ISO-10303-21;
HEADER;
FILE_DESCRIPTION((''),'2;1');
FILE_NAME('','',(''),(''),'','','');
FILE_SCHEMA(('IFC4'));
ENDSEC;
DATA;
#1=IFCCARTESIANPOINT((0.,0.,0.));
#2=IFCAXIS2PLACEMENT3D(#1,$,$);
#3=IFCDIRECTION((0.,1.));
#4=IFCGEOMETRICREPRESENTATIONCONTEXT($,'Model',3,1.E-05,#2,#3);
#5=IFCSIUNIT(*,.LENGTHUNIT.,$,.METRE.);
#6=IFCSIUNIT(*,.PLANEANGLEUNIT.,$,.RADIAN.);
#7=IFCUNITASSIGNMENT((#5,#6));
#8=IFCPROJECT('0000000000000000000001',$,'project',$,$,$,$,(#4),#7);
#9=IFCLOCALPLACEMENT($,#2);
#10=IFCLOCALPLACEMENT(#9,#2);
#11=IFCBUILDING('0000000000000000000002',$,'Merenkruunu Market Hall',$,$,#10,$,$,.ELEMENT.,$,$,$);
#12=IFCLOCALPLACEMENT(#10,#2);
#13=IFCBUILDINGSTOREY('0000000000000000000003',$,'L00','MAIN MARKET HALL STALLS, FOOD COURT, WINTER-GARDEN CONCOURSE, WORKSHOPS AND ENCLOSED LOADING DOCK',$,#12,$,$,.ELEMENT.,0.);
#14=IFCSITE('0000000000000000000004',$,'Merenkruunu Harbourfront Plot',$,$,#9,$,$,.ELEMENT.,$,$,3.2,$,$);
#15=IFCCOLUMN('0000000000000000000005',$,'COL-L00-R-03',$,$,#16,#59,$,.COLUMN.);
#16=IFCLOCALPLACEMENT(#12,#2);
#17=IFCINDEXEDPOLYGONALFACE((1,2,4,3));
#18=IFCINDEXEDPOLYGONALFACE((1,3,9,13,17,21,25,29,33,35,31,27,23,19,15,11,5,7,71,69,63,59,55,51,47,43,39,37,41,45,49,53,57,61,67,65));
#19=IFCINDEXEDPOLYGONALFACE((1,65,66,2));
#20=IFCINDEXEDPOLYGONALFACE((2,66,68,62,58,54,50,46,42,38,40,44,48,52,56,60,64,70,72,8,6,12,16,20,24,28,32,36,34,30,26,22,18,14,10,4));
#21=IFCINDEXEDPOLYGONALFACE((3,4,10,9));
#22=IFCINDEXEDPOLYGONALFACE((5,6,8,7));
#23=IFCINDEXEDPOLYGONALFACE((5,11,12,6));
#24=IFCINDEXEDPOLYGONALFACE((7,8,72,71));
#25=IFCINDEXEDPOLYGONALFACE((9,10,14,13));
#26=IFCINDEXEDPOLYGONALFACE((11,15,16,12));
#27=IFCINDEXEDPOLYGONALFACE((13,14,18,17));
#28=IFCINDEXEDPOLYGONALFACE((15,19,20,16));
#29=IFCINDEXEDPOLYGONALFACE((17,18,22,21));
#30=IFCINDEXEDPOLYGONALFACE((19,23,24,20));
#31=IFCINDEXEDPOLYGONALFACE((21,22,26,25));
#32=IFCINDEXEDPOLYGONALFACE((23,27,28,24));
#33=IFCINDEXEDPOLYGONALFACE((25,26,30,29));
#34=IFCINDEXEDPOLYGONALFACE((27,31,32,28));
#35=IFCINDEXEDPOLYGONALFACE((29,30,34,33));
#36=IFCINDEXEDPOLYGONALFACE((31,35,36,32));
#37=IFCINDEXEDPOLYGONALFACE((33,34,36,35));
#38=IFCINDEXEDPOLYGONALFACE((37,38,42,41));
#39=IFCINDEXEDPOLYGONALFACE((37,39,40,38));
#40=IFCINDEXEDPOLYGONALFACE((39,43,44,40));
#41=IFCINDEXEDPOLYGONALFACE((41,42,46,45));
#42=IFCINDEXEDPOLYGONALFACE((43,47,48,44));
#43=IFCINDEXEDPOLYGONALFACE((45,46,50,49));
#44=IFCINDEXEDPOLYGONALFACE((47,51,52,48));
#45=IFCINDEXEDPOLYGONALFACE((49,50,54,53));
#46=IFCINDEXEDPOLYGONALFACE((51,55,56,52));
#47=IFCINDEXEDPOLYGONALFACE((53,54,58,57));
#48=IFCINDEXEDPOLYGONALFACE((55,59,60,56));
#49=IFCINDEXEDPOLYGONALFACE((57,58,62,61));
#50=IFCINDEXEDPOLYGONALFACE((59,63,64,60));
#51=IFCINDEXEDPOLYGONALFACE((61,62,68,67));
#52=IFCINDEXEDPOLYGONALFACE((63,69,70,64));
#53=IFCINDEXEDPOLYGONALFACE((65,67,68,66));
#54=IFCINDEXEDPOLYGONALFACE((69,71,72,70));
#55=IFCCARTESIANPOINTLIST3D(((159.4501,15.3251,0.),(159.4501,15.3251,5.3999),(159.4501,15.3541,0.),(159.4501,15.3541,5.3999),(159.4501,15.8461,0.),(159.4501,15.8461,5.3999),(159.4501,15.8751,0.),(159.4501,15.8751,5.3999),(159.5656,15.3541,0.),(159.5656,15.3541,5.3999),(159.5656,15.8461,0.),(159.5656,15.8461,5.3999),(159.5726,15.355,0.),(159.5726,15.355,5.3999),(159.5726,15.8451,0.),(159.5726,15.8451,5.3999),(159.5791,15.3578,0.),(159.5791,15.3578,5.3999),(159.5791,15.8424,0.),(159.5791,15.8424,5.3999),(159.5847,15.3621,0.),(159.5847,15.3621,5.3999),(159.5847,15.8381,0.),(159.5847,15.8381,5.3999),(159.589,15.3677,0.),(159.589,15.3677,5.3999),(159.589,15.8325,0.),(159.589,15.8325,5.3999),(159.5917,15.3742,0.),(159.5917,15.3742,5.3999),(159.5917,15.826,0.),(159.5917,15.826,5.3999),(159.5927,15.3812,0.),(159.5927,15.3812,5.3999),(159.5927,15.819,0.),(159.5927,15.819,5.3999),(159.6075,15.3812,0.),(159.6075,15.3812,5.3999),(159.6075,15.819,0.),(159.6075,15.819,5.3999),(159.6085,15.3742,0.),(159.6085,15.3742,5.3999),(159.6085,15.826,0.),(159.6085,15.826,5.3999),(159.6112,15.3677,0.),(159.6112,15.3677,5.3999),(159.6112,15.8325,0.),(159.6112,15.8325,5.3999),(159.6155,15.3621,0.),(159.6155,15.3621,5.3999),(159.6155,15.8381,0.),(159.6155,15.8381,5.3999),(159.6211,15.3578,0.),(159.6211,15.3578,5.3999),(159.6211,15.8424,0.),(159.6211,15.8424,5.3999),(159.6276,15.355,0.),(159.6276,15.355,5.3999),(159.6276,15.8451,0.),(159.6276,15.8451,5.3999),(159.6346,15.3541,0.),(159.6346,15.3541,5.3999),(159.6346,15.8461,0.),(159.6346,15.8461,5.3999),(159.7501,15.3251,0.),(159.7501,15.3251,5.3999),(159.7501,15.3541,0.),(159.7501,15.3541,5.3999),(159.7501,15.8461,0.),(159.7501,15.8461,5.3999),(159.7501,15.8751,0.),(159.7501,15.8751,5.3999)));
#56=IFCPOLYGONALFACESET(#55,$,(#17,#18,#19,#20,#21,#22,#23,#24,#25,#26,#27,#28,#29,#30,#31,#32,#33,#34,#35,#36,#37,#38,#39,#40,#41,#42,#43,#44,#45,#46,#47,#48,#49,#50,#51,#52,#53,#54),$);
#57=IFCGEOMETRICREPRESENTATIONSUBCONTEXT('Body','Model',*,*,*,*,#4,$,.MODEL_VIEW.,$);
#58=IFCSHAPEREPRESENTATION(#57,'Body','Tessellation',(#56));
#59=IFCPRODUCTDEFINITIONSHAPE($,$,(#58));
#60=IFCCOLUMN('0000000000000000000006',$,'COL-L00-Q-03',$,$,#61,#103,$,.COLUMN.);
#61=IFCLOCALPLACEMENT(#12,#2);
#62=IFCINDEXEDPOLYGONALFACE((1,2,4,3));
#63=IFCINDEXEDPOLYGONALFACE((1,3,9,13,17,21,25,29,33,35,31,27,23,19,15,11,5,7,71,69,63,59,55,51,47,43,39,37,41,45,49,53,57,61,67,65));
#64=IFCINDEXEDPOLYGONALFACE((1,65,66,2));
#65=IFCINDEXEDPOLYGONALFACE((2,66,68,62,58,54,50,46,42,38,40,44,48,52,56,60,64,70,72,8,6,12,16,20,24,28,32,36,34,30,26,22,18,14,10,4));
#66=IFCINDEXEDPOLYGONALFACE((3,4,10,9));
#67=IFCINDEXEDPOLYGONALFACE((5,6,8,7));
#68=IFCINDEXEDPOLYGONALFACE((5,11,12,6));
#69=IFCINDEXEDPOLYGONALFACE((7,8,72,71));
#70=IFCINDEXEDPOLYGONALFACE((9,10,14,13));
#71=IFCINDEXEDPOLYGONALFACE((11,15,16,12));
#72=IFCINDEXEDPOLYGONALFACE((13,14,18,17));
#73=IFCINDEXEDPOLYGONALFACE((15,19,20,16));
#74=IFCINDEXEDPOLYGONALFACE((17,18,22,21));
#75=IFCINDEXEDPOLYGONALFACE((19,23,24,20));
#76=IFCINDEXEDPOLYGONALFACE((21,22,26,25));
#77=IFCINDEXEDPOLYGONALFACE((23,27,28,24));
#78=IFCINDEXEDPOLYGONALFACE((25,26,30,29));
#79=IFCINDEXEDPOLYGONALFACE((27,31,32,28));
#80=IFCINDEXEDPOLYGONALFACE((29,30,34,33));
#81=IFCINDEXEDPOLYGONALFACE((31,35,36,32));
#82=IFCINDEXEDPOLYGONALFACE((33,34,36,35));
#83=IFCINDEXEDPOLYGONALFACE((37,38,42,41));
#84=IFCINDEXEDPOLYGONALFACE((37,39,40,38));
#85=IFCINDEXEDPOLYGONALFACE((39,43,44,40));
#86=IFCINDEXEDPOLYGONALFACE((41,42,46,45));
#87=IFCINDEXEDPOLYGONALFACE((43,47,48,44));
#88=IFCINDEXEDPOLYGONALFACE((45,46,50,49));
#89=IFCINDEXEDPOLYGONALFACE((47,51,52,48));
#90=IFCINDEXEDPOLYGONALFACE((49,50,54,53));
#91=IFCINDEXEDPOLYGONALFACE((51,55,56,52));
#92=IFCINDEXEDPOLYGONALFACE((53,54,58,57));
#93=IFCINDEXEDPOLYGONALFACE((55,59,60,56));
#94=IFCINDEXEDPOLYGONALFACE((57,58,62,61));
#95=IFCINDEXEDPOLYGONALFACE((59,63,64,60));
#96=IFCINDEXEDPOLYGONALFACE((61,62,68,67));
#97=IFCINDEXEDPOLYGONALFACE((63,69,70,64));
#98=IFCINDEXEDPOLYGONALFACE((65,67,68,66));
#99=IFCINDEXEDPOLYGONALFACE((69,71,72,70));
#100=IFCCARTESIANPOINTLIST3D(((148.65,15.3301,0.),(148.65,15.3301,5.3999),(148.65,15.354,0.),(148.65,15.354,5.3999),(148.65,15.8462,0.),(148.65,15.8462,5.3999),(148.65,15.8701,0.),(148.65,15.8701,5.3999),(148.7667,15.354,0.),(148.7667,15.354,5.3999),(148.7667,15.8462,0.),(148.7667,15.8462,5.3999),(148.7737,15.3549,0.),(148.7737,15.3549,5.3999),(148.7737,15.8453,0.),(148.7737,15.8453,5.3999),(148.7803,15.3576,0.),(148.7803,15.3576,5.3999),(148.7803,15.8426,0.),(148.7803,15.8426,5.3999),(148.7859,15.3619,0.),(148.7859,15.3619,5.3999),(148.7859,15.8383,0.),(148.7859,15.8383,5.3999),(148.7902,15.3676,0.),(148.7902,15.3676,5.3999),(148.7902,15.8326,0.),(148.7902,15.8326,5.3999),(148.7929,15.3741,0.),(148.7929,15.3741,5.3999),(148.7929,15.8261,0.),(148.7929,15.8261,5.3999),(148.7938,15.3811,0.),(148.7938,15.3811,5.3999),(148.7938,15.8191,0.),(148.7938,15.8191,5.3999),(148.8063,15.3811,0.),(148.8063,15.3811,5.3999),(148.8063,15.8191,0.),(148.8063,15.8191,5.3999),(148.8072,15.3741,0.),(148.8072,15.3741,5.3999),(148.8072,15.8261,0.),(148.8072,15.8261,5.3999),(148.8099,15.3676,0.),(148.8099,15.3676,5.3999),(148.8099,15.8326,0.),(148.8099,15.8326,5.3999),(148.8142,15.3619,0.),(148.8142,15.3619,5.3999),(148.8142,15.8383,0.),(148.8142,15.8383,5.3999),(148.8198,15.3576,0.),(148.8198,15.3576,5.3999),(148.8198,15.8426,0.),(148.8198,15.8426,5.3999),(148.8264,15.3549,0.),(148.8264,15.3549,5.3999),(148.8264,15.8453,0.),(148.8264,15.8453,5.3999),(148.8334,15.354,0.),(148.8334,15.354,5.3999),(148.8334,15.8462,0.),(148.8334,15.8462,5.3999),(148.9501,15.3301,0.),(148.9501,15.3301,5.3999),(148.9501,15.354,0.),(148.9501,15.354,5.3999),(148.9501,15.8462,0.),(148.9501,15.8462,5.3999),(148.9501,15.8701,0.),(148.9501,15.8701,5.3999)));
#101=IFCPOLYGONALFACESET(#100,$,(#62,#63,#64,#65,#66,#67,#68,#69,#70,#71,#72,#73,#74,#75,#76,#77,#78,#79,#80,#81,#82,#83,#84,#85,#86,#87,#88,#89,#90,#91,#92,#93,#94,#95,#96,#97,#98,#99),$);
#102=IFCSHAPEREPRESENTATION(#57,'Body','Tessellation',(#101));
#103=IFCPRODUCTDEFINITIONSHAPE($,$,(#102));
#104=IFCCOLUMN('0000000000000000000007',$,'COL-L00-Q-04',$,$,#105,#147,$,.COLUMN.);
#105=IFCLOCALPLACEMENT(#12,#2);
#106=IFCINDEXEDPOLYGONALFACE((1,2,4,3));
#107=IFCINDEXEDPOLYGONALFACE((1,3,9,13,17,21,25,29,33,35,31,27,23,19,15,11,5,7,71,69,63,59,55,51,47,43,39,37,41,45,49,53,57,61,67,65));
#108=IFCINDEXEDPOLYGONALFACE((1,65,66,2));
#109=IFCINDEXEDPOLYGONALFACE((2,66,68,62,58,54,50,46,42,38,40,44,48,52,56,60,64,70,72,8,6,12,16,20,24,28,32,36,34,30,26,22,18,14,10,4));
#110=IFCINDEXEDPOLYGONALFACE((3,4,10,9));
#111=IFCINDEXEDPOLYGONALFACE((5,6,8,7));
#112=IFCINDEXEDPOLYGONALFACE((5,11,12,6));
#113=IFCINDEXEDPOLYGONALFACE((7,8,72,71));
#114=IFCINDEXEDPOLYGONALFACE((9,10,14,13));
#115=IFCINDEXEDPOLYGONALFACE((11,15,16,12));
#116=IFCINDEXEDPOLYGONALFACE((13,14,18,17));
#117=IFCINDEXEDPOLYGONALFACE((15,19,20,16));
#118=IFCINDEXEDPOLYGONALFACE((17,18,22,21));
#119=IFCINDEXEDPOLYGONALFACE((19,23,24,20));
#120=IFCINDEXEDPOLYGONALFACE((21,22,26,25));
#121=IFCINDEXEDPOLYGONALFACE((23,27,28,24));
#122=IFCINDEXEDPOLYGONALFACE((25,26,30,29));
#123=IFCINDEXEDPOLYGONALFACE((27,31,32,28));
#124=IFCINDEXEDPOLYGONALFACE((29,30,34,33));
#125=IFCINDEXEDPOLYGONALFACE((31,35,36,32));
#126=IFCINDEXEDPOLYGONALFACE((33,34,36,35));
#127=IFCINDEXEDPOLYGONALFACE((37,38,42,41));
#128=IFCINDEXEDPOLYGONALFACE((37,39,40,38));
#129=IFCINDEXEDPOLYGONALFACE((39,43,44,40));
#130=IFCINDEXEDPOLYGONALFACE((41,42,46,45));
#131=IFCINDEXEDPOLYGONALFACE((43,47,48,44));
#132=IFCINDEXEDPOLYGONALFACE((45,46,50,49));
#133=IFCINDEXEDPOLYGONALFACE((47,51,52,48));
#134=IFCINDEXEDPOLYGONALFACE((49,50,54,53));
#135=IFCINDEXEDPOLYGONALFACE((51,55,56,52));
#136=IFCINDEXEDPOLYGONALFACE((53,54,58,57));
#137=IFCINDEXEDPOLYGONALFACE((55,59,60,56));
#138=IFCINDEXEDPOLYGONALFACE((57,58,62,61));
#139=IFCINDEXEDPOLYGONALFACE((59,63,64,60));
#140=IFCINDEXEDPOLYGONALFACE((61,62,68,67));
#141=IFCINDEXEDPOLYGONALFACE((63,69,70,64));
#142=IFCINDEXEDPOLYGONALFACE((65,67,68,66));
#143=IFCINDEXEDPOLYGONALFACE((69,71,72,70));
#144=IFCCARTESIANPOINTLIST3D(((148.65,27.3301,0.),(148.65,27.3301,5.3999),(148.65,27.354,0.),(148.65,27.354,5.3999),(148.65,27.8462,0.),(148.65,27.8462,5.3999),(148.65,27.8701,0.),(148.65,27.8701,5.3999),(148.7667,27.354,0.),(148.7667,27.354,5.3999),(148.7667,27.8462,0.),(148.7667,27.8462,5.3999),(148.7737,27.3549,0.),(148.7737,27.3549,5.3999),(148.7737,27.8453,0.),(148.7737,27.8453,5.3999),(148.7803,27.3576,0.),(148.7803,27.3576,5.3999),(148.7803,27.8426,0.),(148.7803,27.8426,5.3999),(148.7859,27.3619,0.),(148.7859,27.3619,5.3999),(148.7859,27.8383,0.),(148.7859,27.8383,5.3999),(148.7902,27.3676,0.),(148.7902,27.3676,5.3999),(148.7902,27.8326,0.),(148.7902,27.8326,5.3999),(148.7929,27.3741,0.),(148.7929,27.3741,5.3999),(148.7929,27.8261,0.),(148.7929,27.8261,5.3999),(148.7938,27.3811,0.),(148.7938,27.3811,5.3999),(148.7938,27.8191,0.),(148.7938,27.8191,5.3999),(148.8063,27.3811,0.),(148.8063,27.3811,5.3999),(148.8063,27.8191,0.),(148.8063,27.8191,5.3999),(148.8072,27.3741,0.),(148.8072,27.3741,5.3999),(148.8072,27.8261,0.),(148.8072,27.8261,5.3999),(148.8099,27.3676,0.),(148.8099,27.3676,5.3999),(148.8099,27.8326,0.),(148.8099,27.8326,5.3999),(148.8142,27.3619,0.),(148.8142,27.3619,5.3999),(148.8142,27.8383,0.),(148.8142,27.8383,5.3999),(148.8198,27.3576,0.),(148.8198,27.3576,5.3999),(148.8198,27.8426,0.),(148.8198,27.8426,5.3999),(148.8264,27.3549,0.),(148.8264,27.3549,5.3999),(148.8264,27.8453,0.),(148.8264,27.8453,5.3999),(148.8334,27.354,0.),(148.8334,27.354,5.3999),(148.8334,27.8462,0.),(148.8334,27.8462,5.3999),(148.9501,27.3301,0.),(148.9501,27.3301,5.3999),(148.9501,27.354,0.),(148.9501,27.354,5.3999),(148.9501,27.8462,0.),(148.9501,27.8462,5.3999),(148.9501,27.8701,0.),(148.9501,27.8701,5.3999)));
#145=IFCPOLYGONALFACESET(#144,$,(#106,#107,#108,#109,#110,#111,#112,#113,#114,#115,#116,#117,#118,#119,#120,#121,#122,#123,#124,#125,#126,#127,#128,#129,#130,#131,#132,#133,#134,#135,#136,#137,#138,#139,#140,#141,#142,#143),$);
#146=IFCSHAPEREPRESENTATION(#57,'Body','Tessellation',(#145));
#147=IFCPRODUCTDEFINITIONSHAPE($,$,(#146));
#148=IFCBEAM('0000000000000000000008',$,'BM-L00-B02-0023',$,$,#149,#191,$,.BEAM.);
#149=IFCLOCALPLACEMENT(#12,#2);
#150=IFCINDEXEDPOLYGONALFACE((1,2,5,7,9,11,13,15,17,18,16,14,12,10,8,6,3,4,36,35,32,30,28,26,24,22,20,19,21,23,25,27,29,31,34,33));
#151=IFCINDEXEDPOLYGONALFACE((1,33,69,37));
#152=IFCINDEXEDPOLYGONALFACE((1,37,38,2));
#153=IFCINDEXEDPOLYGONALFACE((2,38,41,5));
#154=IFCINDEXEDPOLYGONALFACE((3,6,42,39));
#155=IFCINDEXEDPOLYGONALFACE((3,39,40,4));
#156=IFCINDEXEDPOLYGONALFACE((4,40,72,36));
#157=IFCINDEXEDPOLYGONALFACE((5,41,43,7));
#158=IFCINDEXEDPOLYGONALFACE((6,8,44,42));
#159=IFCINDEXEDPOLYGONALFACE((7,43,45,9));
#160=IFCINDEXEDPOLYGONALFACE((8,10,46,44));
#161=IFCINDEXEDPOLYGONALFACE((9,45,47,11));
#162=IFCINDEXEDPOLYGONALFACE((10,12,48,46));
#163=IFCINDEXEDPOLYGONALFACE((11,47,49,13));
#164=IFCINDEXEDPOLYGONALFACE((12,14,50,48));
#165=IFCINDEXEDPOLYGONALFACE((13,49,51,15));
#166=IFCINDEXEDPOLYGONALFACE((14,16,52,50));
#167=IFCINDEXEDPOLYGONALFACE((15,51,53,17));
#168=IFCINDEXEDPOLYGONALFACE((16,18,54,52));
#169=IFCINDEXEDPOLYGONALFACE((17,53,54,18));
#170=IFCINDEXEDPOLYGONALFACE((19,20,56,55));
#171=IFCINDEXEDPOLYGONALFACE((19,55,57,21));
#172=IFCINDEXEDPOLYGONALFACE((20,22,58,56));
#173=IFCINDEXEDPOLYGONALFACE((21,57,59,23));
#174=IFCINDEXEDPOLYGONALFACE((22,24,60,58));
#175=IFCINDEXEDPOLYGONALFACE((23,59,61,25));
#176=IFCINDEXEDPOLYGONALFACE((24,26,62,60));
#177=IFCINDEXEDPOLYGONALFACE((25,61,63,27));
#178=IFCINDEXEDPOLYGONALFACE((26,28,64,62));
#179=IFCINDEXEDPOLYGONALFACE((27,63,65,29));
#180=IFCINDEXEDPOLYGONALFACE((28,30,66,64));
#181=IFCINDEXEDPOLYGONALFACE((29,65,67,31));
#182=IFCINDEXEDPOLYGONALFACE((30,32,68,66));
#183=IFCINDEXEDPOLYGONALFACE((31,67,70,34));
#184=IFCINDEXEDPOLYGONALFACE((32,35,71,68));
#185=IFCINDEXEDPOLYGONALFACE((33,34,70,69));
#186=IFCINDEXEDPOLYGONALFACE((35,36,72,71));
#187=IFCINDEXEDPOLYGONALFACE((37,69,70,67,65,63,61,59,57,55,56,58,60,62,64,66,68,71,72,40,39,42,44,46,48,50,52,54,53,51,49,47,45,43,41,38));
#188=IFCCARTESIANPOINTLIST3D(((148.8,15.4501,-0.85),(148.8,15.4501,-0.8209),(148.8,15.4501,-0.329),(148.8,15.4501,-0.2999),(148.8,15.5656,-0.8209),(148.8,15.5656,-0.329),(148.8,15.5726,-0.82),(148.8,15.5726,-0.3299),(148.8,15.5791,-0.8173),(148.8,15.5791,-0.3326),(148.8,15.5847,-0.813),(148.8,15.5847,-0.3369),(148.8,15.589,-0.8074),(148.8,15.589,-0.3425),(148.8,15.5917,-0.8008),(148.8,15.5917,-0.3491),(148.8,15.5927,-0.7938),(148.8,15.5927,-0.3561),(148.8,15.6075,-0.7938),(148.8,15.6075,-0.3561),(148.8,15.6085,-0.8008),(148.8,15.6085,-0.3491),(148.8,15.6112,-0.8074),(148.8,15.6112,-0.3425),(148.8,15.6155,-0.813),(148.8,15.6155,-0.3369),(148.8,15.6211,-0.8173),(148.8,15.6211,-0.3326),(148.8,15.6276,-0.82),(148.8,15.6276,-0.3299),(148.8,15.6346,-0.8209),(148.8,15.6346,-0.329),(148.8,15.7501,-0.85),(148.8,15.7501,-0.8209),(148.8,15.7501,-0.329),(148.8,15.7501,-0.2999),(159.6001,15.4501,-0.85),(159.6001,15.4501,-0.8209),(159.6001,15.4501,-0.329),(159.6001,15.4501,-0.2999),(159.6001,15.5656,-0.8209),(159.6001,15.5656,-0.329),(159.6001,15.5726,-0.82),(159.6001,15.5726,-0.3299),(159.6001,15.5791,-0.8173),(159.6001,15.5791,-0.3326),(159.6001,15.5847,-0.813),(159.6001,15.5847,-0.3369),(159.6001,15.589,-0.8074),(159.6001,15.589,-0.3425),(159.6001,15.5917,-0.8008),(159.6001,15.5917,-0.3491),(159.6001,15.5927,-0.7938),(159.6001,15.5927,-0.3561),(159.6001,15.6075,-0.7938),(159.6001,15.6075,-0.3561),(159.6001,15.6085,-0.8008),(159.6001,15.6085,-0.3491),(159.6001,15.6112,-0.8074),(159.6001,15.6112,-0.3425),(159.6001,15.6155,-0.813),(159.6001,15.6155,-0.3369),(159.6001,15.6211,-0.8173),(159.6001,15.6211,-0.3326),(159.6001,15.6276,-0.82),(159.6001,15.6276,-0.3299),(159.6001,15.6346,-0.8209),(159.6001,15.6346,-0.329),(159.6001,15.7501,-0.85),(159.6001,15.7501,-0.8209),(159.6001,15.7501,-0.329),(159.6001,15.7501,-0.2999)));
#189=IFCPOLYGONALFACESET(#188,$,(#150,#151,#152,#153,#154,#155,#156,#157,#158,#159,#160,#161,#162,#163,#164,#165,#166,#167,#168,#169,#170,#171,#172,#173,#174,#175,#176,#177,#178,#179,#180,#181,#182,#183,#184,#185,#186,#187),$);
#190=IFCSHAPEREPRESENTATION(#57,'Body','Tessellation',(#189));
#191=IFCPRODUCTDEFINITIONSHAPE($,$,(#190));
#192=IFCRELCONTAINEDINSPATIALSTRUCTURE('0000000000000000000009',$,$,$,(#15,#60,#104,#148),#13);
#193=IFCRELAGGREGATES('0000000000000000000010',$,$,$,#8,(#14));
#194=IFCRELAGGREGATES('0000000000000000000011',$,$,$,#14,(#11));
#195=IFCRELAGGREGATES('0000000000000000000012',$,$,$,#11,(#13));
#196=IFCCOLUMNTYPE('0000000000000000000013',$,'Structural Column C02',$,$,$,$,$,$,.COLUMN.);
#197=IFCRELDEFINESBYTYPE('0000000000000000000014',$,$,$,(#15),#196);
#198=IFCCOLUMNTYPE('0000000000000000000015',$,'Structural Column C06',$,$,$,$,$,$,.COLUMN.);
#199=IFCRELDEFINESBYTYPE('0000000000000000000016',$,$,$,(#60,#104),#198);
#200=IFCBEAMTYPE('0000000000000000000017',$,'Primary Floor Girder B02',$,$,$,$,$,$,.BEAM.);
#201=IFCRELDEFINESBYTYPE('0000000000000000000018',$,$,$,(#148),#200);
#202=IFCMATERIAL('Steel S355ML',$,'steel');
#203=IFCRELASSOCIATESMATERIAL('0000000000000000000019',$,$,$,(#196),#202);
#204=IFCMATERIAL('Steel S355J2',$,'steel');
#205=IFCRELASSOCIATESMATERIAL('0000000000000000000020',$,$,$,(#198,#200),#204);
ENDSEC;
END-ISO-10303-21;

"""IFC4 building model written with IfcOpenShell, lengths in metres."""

from ifc_helpers import new_model, si_unit, direction, frame, origin, origin_2d, place, context, subcontext, project, spatial, i_section, extrude, material, material_profile, profile_set, type_object, element, save


model = new_model("IFC4")

# Units and contexts
model_context = context("Model", 3, precision=1e-05, world=origin(), true_north=direction((0.0, 1.0)))
body_context = subcontext(model_context, "Body", "Model", "MODEL_VIEW")
ifc_project = project(units=[si_unit("LENGTHUNIT", "METRE"), si_unit("PLANEANGLEUNIT", "RADIAN")], contexts=[model_context])

# Site, building, storey
site_placement = place(None, origin())
site = spatial("IfcSite", under=ifc_project, at=site_placement, Name="Merenkruunu Harbourfront Plot", CompositionType="ELEMENT", RefElevation=3.2)
building_placement = place(site_placement, origin())
building = spatial("IfcBuilding", under=site, at=building_placement, Name="Merenkruunu Market Hall", CompositionType="ELEMENT")
storey_placement = place(building_placement, origin())
storey = spatial("IfcBuildingStorey", under=building, at=storey_placement, Name="L00", Description="MAIN MARKET HALL STALLS, FOOD COURT, WINTER-GARDEN CONCOURSE, WORKSHOPS AND ENCLOSED LOADING DOCK", CompositionType="ELEMENT", Elevation=0.0)

# Columns
ifc_material_1 = material(Name="Steel S355ML", Category="steel")
ifc_material_profile_1 = material_profile(ifc_material_1, i_section(OverallWidth=0.3, OverallDepth=0.55, WebThickness=0.0149, FlangeThickness=0.0291, FilletRadius=0.0271, at=origin_2d()), Name="HEB 550")
ifc_profile_set_1 = profile_set([ifc_material_profile_1], Name="Steel S355ML")
column_type_1 = type_object("IfcColumnType", Name="Structural Column C02", PredefinedType="COLUMN", material=ifc_profile_set_1)
column_placement = place(storey_placement, frame((159.6001, 15.6001, 0.0), z_axis=(0.0, 0.0, 1.0), x_axis=(1.0, 0.0, 0.0)))
element("IfcColumn", 1, at=column_placement, inside=storey, type_object=column_type_1, Name="COL-L00-R-03", PredefinedType="COLUMN", context=body_context, shape_type="SweptSolid", body=[
    extrude(i_section(OverallWidth=0.3, OverallDepth=0.55, WebThickness=0.0149, FlangeThickness=0.0291, FilletRadius=0.0271, at=origin_2d()), origin(), (0.0, 0.0, 1.0), 5.3999),
])
ifc_material_2 = material(Name="Steel S355J2", Category="steel")
ifc_material_profile_2 = material_profile(ifc_material_2, i_section(OverallWidth=0.3, OverallDepth=0.54, WebThickness=0.0125, FlangeThickness=0.0239, FilletRadius=0.0271, at=origin_2d()), Name="HEA 550")
ifc_profile_set_2 = profile_set([ifc_material_profile_2], Name="Steel S355J2")
column_type_2 = type_object("IfcColumnType", Name="Structural Column C06", PredefinedType="COLUMN", material=ifc_profile_set_2)
for number, where, z_axis, x_axis, name in (
    (2, (148.8, 15.6001, 0.0), (0.0, 0.0, 1.0), (1.0, 0.0, 0.0), "COL-L00-Q-03"),
    (3, (148.8, 27.6001, 0.0), (0.0, 0.0, 1.0), (1.0, 0.0, 0.0), "COL-L00-Q-04"),
):
    element("IfcColumn", number, at=place(storey_placement, frame(where, z_axis=z_axis, x_axis=x_axis)), inside=storey, type_object=column_type_2, Name=name, PredefinedType="COLUMN", context=body_context, shape_type="SweptSolid", body=[
        extrude(i_section(OverallWidth=0.3, OverallDepth=0.54, WebThickness=0.0125, FlangeThickness=0.0239, FilletRadius=0.0271, at=origin_2d()), origin(), (0.0, 0.0, 1.0), 5.3999),
    ])

# Beam
ifc_material_profile_3 = material_profile(ifc_material_2, i_section(OverallWidth=0.3, OverallDepth=0.55, WebThickness=0.0149, FlangeThickness=0.0291, FilletRadius=0.0271, at=origin_2d()), Name="HEB 550")
ifc_profile_set_3 = profile_set([ifc_material_profile_3], Name="Steel S355J2")
beam_type_1 = type_object("IfcBeamType", Name="Primary Floor Girder B02", PredefinedType="BEAM", material=ifc_profile_set_3)
beam_1_placement = place(storey_placement, frame((148.8, 15.6001, -0.575), z_axis=(1.0, 0.0, 0.0), x_axis=(0.0, 1.0, 0.0)))
element("IfcBeam", 4, at=beam_1_placement, inside=storey, type_object=beam_type_1, Name="BM-L00-B02-0023", PredefinedType="BEAM", context=body_context, shape_type="SweptSolid", body=[
    extrude(i_section(OverallWidth=0.3, OverallDepth=0.55, WebThickness=0.0149, FlangeThickness=0.0291, FilletRadius=0.0271, at=origin_2d()), origin(), (0.0, 0.0, 1.0), 10.8),
])

save(model, "model.ifc")
